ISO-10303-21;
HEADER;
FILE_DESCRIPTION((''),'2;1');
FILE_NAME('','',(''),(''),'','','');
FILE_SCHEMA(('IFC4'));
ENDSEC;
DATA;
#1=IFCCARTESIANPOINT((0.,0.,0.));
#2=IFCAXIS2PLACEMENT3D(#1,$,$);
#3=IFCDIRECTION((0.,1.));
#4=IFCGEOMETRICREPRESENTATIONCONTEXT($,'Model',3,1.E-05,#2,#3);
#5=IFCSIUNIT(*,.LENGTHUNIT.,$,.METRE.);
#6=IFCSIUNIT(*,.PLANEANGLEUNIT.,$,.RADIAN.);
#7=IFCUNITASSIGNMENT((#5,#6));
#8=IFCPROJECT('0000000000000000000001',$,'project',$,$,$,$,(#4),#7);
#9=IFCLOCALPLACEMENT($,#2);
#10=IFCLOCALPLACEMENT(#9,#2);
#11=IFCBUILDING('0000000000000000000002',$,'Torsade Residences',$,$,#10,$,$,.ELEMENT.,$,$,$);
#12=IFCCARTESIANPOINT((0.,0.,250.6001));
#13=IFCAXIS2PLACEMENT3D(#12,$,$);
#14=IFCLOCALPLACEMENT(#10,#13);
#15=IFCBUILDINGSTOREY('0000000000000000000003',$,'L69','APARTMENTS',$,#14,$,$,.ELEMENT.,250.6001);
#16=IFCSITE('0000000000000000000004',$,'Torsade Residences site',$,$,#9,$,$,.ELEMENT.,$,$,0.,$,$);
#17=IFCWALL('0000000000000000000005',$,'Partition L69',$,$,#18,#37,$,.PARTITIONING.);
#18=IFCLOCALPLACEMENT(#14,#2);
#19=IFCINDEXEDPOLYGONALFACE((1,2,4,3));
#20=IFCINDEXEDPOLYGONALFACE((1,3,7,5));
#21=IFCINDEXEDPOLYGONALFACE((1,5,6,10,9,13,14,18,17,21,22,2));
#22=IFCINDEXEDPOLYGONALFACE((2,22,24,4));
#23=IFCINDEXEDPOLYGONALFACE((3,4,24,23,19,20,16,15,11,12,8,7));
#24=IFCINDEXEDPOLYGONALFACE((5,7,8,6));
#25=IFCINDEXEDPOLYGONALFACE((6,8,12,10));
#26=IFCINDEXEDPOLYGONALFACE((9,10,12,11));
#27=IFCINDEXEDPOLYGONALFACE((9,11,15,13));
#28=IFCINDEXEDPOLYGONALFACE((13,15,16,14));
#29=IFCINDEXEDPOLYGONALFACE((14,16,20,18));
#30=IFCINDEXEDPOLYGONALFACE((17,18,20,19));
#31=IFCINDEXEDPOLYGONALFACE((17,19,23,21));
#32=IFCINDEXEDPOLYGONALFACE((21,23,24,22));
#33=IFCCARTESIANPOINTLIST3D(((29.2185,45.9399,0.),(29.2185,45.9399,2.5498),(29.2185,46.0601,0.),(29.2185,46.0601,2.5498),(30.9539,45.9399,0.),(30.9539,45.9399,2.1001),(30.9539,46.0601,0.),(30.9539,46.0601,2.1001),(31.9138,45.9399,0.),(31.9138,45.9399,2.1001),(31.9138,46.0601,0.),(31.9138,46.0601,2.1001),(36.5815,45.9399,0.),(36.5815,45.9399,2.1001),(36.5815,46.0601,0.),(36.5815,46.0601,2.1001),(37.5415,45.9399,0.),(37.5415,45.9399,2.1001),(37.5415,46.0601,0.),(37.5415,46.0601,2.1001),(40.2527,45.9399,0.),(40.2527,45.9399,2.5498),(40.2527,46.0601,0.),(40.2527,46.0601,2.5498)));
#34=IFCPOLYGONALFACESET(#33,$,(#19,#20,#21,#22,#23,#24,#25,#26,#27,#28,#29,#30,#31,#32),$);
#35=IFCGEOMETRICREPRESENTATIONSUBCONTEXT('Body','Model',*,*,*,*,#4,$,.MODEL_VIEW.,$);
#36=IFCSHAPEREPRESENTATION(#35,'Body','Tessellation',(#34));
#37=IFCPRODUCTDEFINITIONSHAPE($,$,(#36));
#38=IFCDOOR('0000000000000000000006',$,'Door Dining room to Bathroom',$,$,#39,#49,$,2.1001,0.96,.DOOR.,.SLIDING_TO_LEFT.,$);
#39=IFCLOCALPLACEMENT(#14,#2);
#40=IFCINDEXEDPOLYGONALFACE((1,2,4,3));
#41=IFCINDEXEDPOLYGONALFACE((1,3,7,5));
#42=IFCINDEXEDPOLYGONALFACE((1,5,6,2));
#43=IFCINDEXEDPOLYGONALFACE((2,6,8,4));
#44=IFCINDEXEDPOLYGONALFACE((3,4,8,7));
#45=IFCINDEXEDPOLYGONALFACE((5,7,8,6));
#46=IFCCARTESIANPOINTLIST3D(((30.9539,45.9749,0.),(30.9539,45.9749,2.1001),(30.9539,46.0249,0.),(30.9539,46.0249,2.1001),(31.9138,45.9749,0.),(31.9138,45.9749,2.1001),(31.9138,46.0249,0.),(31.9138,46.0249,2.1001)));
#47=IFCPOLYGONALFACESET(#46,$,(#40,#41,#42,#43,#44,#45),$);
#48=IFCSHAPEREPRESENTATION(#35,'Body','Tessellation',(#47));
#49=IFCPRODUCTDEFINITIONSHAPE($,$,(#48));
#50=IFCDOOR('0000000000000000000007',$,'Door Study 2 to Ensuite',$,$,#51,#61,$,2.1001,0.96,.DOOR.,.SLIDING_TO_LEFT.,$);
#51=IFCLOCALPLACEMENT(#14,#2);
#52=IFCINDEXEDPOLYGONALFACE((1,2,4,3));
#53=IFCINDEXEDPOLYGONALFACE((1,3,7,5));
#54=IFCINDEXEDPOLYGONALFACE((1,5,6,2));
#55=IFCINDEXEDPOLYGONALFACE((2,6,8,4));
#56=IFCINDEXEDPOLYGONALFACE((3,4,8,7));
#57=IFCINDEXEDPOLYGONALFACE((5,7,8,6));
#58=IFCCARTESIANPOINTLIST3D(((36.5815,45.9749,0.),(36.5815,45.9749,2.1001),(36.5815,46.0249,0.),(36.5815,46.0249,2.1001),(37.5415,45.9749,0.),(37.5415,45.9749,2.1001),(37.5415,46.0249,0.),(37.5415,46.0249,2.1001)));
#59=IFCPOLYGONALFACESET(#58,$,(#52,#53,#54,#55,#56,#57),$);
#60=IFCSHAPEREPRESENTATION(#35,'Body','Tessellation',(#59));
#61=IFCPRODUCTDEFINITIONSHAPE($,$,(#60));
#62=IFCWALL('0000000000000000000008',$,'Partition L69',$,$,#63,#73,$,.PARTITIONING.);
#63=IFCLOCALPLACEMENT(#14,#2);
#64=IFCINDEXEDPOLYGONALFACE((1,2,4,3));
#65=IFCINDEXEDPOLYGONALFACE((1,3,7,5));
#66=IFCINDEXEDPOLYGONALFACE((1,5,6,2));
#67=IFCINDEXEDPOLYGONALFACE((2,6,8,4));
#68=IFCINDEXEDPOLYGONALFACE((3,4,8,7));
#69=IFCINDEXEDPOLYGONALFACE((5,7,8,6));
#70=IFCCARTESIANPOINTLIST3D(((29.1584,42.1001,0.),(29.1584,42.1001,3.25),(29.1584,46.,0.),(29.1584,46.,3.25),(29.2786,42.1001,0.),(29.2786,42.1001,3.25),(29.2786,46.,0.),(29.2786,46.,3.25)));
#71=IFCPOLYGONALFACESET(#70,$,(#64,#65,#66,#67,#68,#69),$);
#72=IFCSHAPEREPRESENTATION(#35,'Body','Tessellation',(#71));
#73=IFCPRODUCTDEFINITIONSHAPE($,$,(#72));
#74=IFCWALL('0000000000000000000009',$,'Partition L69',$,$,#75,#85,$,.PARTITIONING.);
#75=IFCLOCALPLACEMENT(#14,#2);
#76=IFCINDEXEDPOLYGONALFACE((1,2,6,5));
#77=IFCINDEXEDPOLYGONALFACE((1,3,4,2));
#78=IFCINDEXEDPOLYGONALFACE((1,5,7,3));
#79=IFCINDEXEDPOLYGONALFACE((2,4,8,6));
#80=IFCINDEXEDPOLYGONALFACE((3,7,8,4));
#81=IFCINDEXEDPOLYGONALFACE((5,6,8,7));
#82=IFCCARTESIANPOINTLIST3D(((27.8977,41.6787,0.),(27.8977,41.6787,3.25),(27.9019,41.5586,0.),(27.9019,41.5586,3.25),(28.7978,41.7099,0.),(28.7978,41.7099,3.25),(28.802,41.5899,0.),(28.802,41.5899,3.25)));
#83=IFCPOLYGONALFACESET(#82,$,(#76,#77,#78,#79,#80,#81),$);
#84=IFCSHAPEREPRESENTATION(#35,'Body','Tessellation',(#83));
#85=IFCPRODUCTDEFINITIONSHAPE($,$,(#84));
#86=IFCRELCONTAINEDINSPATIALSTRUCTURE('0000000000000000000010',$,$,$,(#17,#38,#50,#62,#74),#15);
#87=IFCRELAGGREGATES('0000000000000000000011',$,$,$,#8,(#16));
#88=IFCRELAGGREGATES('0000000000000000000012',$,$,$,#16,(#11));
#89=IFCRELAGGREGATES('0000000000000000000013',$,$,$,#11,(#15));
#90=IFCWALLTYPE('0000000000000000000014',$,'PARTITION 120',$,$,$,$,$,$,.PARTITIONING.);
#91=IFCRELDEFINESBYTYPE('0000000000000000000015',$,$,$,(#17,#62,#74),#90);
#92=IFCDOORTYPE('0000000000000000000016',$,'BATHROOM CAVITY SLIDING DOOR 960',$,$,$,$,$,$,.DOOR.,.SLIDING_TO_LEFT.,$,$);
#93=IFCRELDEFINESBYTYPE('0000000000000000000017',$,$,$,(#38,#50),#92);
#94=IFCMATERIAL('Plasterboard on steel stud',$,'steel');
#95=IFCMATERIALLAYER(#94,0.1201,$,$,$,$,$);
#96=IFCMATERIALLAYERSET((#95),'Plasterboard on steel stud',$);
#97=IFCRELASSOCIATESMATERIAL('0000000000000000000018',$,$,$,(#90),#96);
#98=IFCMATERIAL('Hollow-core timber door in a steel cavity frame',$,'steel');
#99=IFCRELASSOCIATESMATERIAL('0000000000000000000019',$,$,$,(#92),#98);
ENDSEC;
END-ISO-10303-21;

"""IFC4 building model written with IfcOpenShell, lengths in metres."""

from ifc_helpers import new_model, si_unit, direction, frame, frame_2d, origin, place, context, subcontext, project, spatial, rectangle, extrude, material, layer, layer_set, type_object, element, fill, save


model = new_model("IFC4")

# Units and contexts
model_context = context("Model", 3, precision=1e-05, world=origin(), true_north=direction((0.0, 1.0)))
body_context = subcontext(model_context, "Body", "Model", "MODEL_VIEW")
ifc_project = project(units=[si_unit("LENGTHUNIT", "METRE"), si_unit("PLANEANGLEUNIT", "RADIAN")], contexts=[model_context])

# Site, building, storey
site_placement = place(None, origin())
site = spatial("IfcSite", under=ifc_project, at=site_placement, Name="Torsade Residences site", CompositionType="ELEMENT", RefElevation=0.0)
building_placement = place(site_placement, origin())
building = spatial("IfcBuilding", under=site, at=building_placement, Name="Torsade Residences", CompositionType="ELEMENT")
storey_placement = place(building_placement, frame((0.0, 0.0, 250.6001)))
storey = spatial("IfcBuildingStorey", under=building, at=storey_placement, Name="L69", Description="APARTMENTS", CompositionType="ELEMENT", Elevation=250.6001)

# Wall, openings, doors
ifc_material_1 = material(Name="Plasterboard on steel stud", Category="steel")
ifc_layer_1 = layer(ifc_material_1, 0.1201)
ifc_layer_set_1 = layer_set([ifc_layer_1], Name="Plasterboard on steel stud")
wall_type_1 = type_object("IfcWallType", Name="PARTITION 120", PredefinedType="PARTITIONING", material=ifc_layer_set_1)
wall_1_placement = place(storey_placement, frame((29.2185, 46.0, 0.0), z_axis=(0.0, 0.0, 1.0), x_axis=(1.0, 0.0, 0.0)))
wall_1 = element("IfcWall", 1, at=wall_1_placement, inside=storey, type_object=wall_type_1, Name="Partition L69", PredefinedType="PARTITIONING", context=body_context, shape_type="SweptSolid", body=[
    extrude(rectangle(XDim=11.0342, YDim=0.1201, at=frame_2d((5.5171, 0.0))), origin(), (0.0, 0.0, 1.0), 2.5498),
])
opening_1_placement = place(wall_1_placement, frame((1.7354, 0.0, 0.0)))
opening_1 = element("IfcOpeningElement", 2, at=opening_1_placement, cuts=wall_1, PredefinedType="OPENING", context=body_context, shape_type="SweptSolid", body=[
    extrude(rectangle(XDim=0.96, YDim=2.1001, at=frame_2d((0.48, 1.05))), frame((0.0, 0.0701, 0.0), z_axis=(0.0, -1.0, 0.0), x_axis=(1.0, 0.0, 0.0)), (0.0, 0.0, 1.0), 0.1401),
])
opening_2_placement = place(wall_1_placement, frame((7.363, 0.0, 0.0)))
opening_2 = element("IfcOpeningElement", 3, at=opening_2_placement, cuts=wall_1, PredefinedType="OPENING", context=body_context, shape_type="SweptSolid", body=[
    extrude(rectangle(XDim=0.96, YDim=2.1001, at=frame_2d((0.48, 1.05))), frame((0.0, 0.0701, 0.0), z_axis=(0.0, -1.0, 0.0), x_axis=(1.0, 0.0, 0.0)), (0.0, 0.0, 1.0), 0.1401),
])
ifc_material_2 = material(Name="Hollow-core timber door in a steel cavity frame", Category="steel")
door_type_1 = type_object("IfcDoorType", Name="BATHROOM CAVITY SLIDING DOOR 960", OperationType="SLIDING_TO_LEFT", PredefinedType="DOOR", material=ifc_material_2)
door_1_placement = place(opening_1_placement, origin())
door_1 = element("IfcDoor", 4, at=door_1_placement, inside=storey, type_object=door_type_1, Name="Door Dining room to Bathroom", OperationType="SLIDING_TO_LEFT", OverallHeight=2.1001, OverallWidth=0.96, PredefinedType="DOOR", context=body_context, shape_type="SweptSolid", body=[
    extrude(rectangle(XDim=0.96, YDim=2.1001, at=frame_2d((0.48, 1.05))), frame((0.0, 0.0249, 0.0), z_axis=(0.0, -1.0, 0.0), x_axis=(1.0, 0.0, 0.0)), (0.0, 0.0, 1.0), 0.05),
])
fill(opening_1, door_1)
door_2_placement = place(opening_2_placement, origin())
door_2 = element("IfcDoor", 5, at=door_2_placement, inside=storey, type_object=door_type_1, Name="Door Study 2 to Ensuite", OperationType="SLIDING_TO_LEFT", OverallHeight=2.1001, OverallWidth=0.96, PredefinedType="DOOR", context=body_context, shape_type="SweptSolid", body=[
    extrude(rectangle(XDim=0.96, YDim=2.1001, at=frame_2d((0.48, 1.05))), frame((0.0, 0.0249, 0.0), z_axis=(0.0, -1.0, 0.0), x_axis=(1.0, 0.0, 0.0)), (0.0, 0.0, 1.0), 0.05),
])
fill(opening_2, door_2)

# Walls
wall_2_placement = place(storey_placement, frame((29.2185, 42.1001, 0.0), z_axis=(0.0, 0.0, 1.0), x_axis=(0.0, 1.0, 0.0)))
element("IfcWall", 6, at=wall_2_placement, inside=storey, type_object=wall_type_1, Name="Partition L69", PredefinedType="PARTITIONING", context=body_context, shape_type="SweptSolid", body=[
    extrude(rectangle(XDim=3.8999, YDim=0.1201, at=frame_2d((1.95, 0.0))), origin(), (0.0, 0.0, 1.0), 3.25),
])
wall_3_placement = place(storey_placement, frame((27.8999, 41.6187, 0.0), z_axis=(0.0, 0.0, 1.0), x_axis=(0.999398, 0.034696, 0.0)))
element("IfcWall", 7, at=wall_3_placement, inside=storey, type_object=wall_type_1, Name="Partition L69", PredefinedType="PARTITIONING", context=body_context, shape_type="SweptSolid", body=[
    extrude(rectangle(XDim=0.9006, YDim=0.1201, at=frame_2d((0.4502, 0.0))), origin(), (0.0, 0.0, 1.0), 3.25),
])

save(model, "model.ifc")
